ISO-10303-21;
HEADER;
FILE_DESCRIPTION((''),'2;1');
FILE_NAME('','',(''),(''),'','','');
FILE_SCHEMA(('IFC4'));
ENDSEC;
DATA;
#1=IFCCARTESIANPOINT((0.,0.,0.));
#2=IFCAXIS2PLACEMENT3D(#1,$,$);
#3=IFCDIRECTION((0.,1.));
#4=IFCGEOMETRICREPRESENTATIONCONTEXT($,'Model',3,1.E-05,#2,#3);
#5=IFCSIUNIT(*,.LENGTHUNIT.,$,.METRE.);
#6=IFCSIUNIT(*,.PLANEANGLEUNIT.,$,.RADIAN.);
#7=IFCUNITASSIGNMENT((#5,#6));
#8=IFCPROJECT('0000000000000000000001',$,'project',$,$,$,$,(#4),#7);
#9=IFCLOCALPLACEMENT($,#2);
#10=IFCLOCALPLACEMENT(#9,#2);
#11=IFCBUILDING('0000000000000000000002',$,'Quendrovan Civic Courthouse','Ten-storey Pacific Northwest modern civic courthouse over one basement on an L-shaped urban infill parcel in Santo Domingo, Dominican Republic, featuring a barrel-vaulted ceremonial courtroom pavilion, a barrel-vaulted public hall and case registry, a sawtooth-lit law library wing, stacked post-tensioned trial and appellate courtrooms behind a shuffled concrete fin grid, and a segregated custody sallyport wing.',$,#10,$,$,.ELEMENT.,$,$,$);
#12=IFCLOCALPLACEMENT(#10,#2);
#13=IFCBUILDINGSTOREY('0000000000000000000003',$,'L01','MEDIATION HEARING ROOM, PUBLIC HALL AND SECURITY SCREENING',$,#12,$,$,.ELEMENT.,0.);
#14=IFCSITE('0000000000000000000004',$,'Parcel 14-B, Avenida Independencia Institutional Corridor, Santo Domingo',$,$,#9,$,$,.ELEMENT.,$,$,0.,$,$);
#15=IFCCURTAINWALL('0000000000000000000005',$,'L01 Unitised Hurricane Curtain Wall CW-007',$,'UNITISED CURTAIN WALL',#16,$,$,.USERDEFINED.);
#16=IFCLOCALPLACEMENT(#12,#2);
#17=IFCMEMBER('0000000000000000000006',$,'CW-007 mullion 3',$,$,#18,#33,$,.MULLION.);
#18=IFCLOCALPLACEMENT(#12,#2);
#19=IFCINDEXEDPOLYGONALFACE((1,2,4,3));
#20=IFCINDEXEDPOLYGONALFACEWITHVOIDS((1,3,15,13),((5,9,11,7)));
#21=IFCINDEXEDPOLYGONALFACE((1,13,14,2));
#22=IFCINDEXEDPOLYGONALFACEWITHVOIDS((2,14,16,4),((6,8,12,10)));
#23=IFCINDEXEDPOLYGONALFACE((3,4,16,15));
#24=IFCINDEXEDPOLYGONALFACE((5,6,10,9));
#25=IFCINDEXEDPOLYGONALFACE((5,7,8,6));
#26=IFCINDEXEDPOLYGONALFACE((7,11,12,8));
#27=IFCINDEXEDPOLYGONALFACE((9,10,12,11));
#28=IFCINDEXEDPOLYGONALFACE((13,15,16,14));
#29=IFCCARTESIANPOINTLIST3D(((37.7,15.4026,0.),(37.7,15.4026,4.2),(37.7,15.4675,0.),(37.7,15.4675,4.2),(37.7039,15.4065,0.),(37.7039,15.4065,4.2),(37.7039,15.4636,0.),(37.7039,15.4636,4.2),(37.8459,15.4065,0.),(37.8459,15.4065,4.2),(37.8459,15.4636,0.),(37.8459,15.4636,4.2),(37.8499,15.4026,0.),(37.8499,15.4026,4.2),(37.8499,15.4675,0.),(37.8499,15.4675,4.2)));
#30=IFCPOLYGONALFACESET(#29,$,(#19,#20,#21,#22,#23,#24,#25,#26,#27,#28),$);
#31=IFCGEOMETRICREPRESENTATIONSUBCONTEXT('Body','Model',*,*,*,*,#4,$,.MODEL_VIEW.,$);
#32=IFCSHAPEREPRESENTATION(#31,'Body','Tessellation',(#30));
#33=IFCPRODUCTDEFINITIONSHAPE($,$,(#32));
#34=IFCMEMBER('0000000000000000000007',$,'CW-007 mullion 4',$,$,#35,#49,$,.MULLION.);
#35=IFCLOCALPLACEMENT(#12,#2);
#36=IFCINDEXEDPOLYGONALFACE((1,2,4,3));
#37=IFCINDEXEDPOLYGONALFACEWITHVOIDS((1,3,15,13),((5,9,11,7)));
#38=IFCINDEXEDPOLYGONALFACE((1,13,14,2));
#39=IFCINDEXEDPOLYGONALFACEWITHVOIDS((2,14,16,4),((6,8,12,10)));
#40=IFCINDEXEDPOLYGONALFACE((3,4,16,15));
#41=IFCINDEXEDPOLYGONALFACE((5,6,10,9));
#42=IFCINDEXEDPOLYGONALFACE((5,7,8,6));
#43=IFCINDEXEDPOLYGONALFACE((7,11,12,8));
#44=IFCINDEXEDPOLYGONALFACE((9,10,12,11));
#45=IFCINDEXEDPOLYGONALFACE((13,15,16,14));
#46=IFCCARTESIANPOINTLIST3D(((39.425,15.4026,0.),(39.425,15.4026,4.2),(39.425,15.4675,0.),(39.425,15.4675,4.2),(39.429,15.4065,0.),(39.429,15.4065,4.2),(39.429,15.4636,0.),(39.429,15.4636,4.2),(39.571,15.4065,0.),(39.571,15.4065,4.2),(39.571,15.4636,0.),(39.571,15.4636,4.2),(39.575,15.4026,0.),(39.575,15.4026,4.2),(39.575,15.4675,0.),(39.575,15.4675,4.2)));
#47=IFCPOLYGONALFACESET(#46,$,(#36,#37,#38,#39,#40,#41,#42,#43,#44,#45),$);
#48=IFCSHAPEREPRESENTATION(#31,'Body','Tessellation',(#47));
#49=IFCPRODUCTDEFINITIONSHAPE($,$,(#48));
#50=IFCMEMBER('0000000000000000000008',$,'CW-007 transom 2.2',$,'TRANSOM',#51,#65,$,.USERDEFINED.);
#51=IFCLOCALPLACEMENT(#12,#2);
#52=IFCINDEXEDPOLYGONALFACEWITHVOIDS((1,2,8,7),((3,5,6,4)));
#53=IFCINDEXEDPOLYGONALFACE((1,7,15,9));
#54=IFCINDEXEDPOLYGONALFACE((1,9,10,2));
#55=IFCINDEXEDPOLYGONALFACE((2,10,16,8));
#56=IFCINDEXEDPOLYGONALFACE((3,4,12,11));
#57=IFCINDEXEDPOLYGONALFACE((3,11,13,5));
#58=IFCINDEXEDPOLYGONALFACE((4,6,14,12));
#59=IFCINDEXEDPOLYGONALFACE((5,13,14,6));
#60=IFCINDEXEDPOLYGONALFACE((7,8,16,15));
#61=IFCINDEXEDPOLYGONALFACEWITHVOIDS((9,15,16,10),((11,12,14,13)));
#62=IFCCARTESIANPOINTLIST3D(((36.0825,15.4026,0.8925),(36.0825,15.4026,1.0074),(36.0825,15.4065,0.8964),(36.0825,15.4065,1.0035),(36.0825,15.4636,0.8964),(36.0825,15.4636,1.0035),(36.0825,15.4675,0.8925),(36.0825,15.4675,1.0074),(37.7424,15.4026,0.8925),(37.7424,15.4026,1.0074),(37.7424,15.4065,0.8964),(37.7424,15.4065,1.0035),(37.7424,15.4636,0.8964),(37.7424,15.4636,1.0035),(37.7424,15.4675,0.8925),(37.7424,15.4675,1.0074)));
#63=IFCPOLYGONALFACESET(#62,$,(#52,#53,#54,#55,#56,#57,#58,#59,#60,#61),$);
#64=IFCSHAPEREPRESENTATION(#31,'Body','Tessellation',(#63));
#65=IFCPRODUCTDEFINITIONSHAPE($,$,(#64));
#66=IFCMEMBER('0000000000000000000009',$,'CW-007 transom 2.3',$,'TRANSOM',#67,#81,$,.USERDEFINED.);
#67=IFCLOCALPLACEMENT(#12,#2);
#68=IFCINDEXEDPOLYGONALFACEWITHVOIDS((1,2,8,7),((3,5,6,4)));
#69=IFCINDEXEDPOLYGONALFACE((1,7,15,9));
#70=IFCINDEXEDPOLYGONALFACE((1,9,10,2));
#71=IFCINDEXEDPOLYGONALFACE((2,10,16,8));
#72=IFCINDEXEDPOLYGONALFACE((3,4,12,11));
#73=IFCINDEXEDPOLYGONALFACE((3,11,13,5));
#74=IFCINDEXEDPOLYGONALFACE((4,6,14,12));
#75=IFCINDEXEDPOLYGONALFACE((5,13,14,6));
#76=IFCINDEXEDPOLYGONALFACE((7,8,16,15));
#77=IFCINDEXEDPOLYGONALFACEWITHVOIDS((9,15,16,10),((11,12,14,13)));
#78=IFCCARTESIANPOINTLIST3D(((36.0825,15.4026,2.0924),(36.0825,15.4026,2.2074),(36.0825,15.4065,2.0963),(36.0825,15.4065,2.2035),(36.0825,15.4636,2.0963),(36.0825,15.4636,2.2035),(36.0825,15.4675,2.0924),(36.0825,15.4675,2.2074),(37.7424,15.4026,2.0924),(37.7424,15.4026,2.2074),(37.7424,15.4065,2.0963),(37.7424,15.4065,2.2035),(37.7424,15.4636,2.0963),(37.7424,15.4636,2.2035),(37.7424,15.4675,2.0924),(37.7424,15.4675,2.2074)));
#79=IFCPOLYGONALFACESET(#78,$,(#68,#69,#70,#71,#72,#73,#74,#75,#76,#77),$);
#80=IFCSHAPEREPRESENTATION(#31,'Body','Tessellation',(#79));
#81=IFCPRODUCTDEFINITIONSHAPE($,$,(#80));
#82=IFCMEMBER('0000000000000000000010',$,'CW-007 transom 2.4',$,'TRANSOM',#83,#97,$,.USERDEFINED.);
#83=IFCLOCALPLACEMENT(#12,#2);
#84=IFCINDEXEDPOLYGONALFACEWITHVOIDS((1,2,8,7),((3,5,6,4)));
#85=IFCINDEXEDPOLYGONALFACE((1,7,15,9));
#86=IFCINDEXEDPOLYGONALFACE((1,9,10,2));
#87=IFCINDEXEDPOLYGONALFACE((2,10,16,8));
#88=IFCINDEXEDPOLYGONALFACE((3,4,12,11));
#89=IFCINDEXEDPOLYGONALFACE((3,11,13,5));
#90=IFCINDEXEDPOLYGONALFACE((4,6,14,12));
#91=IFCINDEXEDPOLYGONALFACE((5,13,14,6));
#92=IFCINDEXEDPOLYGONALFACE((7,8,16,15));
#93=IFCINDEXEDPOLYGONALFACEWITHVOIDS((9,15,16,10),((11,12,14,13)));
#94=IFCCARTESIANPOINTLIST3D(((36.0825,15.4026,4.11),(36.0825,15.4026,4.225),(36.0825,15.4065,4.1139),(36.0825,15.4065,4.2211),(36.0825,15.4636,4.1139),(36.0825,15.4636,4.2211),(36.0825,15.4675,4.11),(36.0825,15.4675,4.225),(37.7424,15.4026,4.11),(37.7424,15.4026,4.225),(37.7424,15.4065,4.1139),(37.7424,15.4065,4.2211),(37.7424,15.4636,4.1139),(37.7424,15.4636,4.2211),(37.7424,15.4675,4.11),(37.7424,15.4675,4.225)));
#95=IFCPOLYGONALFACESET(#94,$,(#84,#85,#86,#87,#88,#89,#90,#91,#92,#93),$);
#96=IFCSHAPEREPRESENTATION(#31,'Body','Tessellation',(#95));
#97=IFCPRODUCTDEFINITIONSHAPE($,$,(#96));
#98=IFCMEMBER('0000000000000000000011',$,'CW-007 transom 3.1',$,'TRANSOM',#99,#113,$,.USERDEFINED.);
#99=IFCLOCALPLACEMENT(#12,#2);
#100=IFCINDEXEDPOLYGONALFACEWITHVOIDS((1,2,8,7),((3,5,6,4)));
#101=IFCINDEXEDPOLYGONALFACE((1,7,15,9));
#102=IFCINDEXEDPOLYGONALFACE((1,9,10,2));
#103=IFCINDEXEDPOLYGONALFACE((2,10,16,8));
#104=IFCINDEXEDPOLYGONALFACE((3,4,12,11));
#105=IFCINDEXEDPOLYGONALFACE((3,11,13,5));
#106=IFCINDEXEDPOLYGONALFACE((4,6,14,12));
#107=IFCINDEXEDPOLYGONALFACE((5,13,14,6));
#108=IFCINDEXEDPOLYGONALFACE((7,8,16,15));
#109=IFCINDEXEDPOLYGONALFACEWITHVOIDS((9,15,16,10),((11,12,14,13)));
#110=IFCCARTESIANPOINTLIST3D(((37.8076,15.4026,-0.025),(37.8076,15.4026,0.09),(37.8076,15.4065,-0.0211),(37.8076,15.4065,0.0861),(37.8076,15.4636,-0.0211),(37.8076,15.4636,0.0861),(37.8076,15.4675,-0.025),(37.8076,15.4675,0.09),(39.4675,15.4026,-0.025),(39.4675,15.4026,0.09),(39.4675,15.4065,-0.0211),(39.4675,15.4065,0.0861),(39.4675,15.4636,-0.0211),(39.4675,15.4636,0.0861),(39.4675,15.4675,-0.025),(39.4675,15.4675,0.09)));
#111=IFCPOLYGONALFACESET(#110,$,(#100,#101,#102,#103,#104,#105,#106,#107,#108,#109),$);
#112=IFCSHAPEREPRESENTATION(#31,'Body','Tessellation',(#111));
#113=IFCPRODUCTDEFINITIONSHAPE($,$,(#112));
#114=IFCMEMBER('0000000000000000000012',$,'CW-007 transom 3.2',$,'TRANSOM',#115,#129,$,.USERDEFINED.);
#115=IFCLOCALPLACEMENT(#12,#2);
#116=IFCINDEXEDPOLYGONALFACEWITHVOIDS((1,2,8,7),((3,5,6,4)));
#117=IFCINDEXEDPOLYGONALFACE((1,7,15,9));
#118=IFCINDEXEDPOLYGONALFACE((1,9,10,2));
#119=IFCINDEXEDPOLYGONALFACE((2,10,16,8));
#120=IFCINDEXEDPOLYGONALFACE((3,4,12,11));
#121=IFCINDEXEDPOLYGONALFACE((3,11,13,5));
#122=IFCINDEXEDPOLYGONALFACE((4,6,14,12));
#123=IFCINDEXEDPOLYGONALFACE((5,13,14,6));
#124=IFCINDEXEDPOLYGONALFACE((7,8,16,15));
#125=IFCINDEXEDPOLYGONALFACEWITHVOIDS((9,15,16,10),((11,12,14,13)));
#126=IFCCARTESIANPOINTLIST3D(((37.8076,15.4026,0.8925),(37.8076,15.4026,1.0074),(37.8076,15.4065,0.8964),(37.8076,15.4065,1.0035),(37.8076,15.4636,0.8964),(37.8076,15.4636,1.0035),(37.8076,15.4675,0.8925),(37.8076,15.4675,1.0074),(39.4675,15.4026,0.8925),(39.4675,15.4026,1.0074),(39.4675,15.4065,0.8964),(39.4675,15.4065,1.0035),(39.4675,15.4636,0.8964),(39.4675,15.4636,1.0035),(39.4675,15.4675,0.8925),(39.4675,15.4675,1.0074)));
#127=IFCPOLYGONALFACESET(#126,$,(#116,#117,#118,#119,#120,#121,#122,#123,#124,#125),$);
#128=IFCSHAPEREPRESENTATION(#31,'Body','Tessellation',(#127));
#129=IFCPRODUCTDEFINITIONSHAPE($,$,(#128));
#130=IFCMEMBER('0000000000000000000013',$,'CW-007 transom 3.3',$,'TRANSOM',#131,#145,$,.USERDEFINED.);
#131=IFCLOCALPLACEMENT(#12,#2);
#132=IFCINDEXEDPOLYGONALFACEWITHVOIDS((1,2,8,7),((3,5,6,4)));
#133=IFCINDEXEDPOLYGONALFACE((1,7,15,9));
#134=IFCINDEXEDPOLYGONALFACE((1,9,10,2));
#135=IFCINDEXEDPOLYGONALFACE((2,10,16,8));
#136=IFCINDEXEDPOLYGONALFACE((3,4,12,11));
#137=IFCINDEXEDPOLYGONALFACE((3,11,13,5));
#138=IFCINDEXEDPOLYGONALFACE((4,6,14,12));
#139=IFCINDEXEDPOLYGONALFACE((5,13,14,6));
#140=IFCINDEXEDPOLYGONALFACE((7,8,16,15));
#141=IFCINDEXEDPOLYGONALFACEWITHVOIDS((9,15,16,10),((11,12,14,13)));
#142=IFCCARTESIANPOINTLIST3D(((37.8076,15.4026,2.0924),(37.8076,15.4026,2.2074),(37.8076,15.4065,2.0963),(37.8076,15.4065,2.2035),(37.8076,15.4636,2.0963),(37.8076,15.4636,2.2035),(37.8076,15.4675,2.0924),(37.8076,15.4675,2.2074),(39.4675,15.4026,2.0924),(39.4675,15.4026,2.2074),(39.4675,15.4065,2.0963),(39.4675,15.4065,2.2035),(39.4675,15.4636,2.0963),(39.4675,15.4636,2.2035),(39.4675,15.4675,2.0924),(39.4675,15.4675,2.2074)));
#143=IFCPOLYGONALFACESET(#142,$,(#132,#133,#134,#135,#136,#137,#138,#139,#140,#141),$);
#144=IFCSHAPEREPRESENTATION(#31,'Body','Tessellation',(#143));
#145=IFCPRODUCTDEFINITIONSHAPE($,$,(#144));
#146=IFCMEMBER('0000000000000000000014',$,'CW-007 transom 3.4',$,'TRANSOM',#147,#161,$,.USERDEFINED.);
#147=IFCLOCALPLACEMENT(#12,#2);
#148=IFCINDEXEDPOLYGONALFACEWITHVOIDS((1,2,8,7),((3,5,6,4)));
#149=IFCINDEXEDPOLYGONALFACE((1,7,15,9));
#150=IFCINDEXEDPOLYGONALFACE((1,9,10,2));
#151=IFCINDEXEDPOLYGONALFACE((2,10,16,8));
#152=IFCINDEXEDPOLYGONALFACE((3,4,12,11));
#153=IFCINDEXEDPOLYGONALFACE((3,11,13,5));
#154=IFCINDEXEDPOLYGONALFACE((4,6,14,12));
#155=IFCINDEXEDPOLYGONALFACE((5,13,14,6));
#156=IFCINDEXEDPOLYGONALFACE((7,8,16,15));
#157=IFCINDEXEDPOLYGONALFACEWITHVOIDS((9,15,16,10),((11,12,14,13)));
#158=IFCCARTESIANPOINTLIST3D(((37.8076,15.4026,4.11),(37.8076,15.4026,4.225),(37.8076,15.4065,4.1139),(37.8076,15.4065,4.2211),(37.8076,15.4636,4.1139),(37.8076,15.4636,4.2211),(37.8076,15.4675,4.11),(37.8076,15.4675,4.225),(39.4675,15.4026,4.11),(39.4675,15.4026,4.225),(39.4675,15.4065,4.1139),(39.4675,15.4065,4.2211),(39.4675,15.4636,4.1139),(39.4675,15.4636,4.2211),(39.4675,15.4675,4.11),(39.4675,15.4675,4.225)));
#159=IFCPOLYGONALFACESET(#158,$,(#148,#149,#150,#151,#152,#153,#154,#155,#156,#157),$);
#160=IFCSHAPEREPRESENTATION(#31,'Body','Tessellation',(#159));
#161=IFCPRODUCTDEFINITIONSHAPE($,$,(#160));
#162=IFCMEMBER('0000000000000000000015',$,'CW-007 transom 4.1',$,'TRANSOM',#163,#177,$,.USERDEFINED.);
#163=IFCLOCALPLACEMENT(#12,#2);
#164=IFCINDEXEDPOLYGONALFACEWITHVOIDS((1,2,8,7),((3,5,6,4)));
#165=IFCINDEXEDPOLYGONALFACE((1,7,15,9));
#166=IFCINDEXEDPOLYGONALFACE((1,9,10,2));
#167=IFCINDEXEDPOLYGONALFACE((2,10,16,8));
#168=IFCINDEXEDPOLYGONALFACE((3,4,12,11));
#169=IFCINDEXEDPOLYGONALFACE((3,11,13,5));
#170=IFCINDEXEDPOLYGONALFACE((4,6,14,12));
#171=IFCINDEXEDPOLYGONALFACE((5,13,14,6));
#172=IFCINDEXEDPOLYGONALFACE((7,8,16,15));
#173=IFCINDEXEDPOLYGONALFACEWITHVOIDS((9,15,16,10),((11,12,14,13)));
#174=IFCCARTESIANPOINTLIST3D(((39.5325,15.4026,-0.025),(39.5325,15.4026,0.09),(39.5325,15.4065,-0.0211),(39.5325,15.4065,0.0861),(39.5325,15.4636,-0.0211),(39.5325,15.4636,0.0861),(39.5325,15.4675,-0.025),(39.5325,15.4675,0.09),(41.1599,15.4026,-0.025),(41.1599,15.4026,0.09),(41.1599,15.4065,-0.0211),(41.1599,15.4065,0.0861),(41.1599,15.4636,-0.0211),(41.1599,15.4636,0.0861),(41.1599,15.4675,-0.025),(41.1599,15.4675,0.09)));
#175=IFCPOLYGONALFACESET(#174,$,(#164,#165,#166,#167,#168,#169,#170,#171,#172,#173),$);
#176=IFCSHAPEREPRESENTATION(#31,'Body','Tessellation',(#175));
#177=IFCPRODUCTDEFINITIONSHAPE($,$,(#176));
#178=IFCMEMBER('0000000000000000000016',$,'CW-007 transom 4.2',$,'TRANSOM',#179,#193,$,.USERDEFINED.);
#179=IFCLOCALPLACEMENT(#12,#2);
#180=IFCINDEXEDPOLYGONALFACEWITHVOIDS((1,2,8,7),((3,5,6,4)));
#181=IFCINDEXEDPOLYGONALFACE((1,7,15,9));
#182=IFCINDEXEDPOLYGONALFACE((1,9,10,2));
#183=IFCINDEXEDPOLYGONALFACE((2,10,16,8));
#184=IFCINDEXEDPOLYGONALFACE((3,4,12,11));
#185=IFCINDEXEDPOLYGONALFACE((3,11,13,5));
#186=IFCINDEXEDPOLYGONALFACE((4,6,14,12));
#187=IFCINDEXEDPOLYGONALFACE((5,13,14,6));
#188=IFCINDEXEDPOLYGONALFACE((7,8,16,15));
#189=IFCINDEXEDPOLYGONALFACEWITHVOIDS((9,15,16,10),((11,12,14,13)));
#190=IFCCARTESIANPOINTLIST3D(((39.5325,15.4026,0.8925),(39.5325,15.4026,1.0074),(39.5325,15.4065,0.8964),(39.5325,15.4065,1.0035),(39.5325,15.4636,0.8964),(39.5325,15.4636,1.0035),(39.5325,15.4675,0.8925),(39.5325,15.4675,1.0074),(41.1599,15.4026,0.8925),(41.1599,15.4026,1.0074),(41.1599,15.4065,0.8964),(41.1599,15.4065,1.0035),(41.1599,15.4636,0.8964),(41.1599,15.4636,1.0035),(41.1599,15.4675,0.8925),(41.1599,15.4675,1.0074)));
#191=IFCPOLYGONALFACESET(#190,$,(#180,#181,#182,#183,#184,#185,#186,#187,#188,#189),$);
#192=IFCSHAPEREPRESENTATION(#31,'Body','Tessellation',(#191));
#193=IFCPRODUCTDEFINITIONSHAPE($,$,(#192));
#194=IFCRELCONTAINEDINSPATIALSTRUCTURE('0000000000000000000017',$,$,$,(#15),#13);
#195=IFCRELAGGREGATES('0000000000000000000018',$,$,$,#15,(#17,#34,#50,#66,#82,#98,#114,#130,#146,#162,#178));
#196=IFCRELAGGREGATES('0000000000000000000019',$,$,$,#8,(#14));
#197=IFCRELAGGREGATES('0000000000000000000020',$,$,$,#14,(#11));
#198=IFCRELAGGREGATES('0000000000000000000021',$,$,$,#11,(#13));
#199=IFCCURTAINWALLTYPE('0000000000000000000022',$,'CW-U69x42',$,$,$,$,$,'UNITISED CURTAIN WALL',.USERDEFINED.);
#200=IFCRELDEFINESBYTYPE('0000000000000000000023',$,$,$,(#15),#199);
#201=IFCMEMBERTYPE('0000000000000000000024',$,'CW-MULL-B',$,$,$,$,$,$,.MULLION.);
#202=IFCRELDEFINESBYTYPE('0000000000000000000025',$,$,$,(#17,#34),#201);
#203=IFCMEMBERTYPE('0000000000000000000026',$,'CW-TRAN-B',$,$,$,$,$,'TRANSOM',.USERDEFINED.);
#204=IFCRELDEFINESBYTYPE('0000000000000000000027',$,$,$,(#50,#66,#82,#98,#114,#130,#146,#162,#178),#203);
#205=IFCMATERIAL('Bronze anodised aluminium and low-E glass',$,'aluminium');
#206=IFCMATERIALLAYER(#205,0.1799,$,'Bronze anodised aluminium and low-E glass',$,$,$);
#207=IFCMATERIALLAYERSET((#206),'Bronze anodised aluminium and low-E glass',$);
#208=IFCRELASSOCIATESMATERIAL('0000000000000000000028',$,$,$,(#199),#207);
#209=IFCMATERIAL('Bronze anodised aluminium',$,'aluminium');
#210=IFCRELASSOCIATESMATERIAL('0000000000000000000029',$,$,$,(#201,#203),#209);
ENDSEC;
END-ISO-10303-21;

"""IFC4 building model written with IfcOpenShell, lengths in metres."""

from ifc_helpers import new_model, si_unit, direction, frame, origin, origin_2d, place, context, subcontext, project, spatial, hollow_rectangle, extrude, material, layer, layer_set, material_profile, profile_set, type_object, element, aggregate, save


model = new_model("IFC4")

# Units and contexts
model_context = context("Model", 3, precision=1e-05, world=origin(), true_north=direction((0.0, 1.0)))
body_context = subcontext(model_context, "Body", "Model", "MODEL_VIEW")
ifc_project = project(units=[si_unit("LENGTHUNIT", "METRE"), si_unit("PLANEANGLEUNIT", "RADIAN")], contexts=[model_context])

# Site, building, storey
site_placement = place(None, origin())
site = spatial("IfcSite", under=ifc_project, at=site_placement, Name="Parcel 14-B, Avenida Independencia Institutional Corridor, Santo Domingo", CompositionType="ELEMENT", RefElevation=0.0)
building_placement = place(site_placement, origin())
building = spatial("IfcBuilding", under=site, at=building_placement, Name="Quendrovan Civic Courthouse", Description="Ten-storey Pacific Northwest modern civic courthouse over one basement on an L-shaped urban infill parcel in Santo Domingo, Dominican Republic, featuring a barrel-vaulted ceremonial courtroom pavilion, a barrel-vaulted public hall and case registry, a sawtooth-lit law library wing, stacked post-tensioned trial and appellate courtrooms behind a shuffled concrete fin grid, and a segregated custody sallyport wing.", CompositionType="ELEMENT")
storey_placement = place(building_placement, origin())
storey = spatial("IfcBuildingStorey", under=building, at=storey_placement, Name="L01", Description="MEDIATION HEARING ROOM, PUBLIC HALL AND SECURITY SCREENING", CompositionType="ELEMENT", Elevation=0.0)

# Curtain wall, members
ifc_material_1 = material(Name="Bronze anodised aluminium and low-E glass", Category="aluminium")
ifc_layer_1 = layer(ifc_material_1, 0.1799, Name="Bronze anodised aluminium and low-E glass")
ifc_layer_set_1 = layer_set([ifc_layer_1], Name="Bronze anodised aluminium and low-E glass")
curtain_wall_type = type_object("IfcCurtainWallType", Name="CW-U69x42", ElementType="UNITISED CURTAIN WALL", PredefinedType="USERDEFINED", material=ifc_layer_set_1)
curtain_wall_placement = place(storey_placement, origin())
curtain_wall = element("IfcCurtainWall", 1, at=curtain_wall_placement, inside=storey, type_object=curtain_wall_type, Name="L01 Unitised Hurricane Curtain Wall CW-007", ObjectType="UNITISED CURTAIN WALL", PredefinedType="USERDEFINED")
ifc_material_2 = material(Name="Bronze anodised aluminium", Category="aluminium")
ifc_material_profile_1 = material_profile(ifc_material_2, hollow_rectangle(XDim=0.0649, YDim=0.1499, WallThickness=0.0039, at=origin_2d()), Name="CW-MULL-65x150")
ifc_profile_set_1 = profile_set([ifc_material_profile_1], Name="Bronze anodised aluminium")
member_type_1 = type_object("IfcMemberType", Name="CW-MULL-B", PredefinedType="MULLION", material=ifc_profile_set_1)
member_1_placement = place(storey_placement, frame((37.7749, 15.4351, 0.0), z_axis=(0.0, 0.0, 1.0), x_axis=(0.0, 1.0, 0.0)))
member_1 = element("IfcMember", 2, at=member_1_placement, type_object=member_type_1, Name="CW-007 mullion 3", PredefinedType="MULLION", context=body_context, shape_type="SweptSolid", body=[
    extrude(hollow_rectangle(XDim=0.0649, YDim=0.1499, WallThickness=0.0039, at=origin_2d()), origin(), (0.0, 0.0, 1.0), 4.2),
])
member_2_placement = place(storey_placement, frame((39.5, 15.4351, 0.0), z_axis=(0.0, 0.0, 1.0), x_axis=(0.0, 1.0, 0.0)))
member_2 = element("IfcMember", 3, at=member_2_placement, type_object=member_type_1, Name="CW-007 mullion 4", PredefinedType="MULLION", context=body_context, shape_type="SweptSolid", body=[
    extrude(hollow_rectangle(XDim=0.0649, YDim=0.1499, WallThickness=0.0039, at=origin_2d()), origin(), (0.0, 0.0, 1.0), 4.2),
])
ifc_material_profile_2 = material_profile(ifc_material_2, hollow_rectangle(XDim=0.0649, YDim=0.115, WallThickness=0.0039, at=origin_2d()), Name="CW-TRAN-65x115")
ifc_profile_set_2 = profile_set([ifc_material_profile_2], Name="Bronze anodised aluminium")
member_type_2 = type_object("IfcMemberType", Name="CW-TRAN-B", ElementType="TRANSOM", PredefinedType="USERDEFINED", material=ifc_profile_set_2)
member_3_placement = place(storey_placement, frame((36.0825, 15.4351, 0.95), z_axis=(1.0, 0.0, 0.0), x_axis=(0.0, 1.0, 0.0)))
member_3 = element("IfcMember", 4, at=member_3_placement, type_object=member_type_2, Name="CW-007 transom 2.2", ObjectType="TRANSOM", PredefinedType="USERDEFINED", context=body_context, shape_type="SweptSolid", body=[
    extrude(hollow_rectangle(XDim=0.0649, YDim=0.115, WallThickness=0.0039, at=origin_2d()), origin(), (0.0, 0.0, 1.0), 1.6599),
])
member_4_placement = place(storey_placement, frame((36.0825, 15.4351, 2.1499), z_axis=(1.0, 0.0, 0.0), x_axis=(0.0, 1.0, 0.0)))
member_4 = element("IfcMember", 5, at=member_4_placement, type_object=member_type_2, Name="CW-007 transom 2.3", ObjectType="TRANSOM", PredefinedType="USERDEFINED", context=body_context, shape_type="SweptSolid", body=[
    extrude(hollow_rectangle(XDim=0.0649, YDim=0.115, WallThickness=0.0039, at=origin_2d()), origin(), (0.0, 0.0, 1.0), 1.6599),
])
member_5_placement = place(storey_placement, frame((36.0825, 15.4351, 4.1675), z_axis=(1.0, 0.0, 0.0), x_axis=(0.0, 1.0, 0.0)))
member_5 = element("IfcMember", 6, at=member_5_placement, type_object=member_type_2, Name="CW-007 transom 2.4", ObjectType="TRANSOM", PredefinedType="USERDEFINED", context=body_context, shape_type="SweptSolid", body=[
    extrude(hollow_rectangle(XDim=0.0649, YDim=0.115, WallThickness=0.0039, at=origin_2d()), origin(), (0.0, 0.0, 1.0), 1.6599),
])
member_6_placement = place(storey_placement, frame((37.8076, 15.4351, 0.0325), z_axis=(1.0, 0.0, 0.0), x_axis=(0.0, 1.0, 0.0)))
member_6 = element("IfcMember", 7, at=member_6_placement, type_object=member_type_2, Name="CW-007 transom 3.1", ObjectType="TRANSOM", PredefinedType="USERDEFINED", context=body_context, shape_type="SweptSolid", body=[
    extrude(hollow_rectangle(XDim=0.0649, YDim=0.115, WallThickness=0.0039, at=origin_2d()), origin(), (0.0, 0.0, 1.0), 1.6599),
])
member_7_placement = place(storey_placement, frame((37.8076, 15.4351, 0.95), z_axis=(1.0, 0.0, 0.0), x_axis=(0.0, 1.0, 0.0)))
member_7 = element("IfcMember", 8, at=member_7_placement, type_object=member_type_2, Name="CW-007 transom 3.2", ObjectType="TRANSOM", PredefinedType="USERDEFINED", context=body_context, shape_type="SweptSolid", body=[
    extrude(hollow_rectangle(XDim=0.0649, YDim=0.115, WallThickness=0.0039, at=origin_2d()), origin(), (0.0, 0.0, 1.0), 1.6599),
])
member_8_placement = place(storey_placement, frame((37.8076, 15.4351, 2.1499), z_axis=(1.0, 0.0, 0.0), x_axis=(0.0, 1.0, 0.0)))
member_8 = element("IfcMember", 9, at=member_8_placement, type_object=member_type_2, Name="CW-007 transom 3.3", ObjectType="TRANSOM", PredefinedType="USERDEFINED", context=body_context, shape_type="SweptSolid", body=[
    extrude(hollow_rectangle(XDim=0.0649, YDim=0.115, WallThickness=0.0039, at=origin_2d()), origin(), (0.0, 0.0, 1.0), 1.6599),
])
member_9_placement = place(storey_placement, frame((37.8076, 15.4351, 4.1675), z_axis=(1.0, 0.0, 0.0), x_axis=(0.0, 1.0, 0.0)))
member_9 = element("IfcMember", 10, at=member_9_placement, type_object=member_type_2, Name="CW-007 transom 3.4", ObjectType="TRANSOM", PredefinedType="USERDEFINED", context=body_context, shape_type="SweptSolid", body=[
    extrude(hollow_rectangle(XDim=0.0649, YDim=0.115, WallThickness=0.0039, at=origin_2d()), origin(), (0.0, 0.0, 1.0), 1.6599),
])
member_10_placement = place(storey_placement, frame((39.5325, 15.4351, 0.0325), z_axis=(1.0, 0.0, 0.0), x_axis=(0.0, 1.0, 0.0)))
member_10 = element("IfcMember", 11, at=member_10_placement, type_object=member_type_2, Name="CW-007 transom 4.1", ObjectType="TRANSOM", PredefinedType="USERDEFINED", context=body_context, shape_type="SweptSolid", body=[
    extrude(hollow_rectangle(XDim=0.0649, YDim=0.115, WallThickness=0.0039, at=origin_2d()), origin(), (0.0, 0.0, 1.0), 1.6274),
])
member_11_placement = place(storey_placement, frame((39.5325, 15.4351, 0.95), z_axis=(1.0, 0.0, 0.0), x_axis=(0.0, 1.0, 0.0)))
member_11 = element("IfcMember", 12, at=member_11_placement, type_object=member_type_2, Name="CW-007 transom 4.2", ObjectType="TRANSOM", PredefinedType="USERDEFINED", context=body_context, shape_type="SweptSolid", body=[
    extrude(hollow_rectangle(XDim=0.0649, YDim=0.115, WallThickness=0.0039, at=origin_2d()), origin(), (0.0, 0.0, 1.0), 1.6274),
])
aggregate(curtain_wall, [member_1, member_2, member_3, member_4, member_5, member_6, member_7, member_8, member_9, member_10, member_11])

save(model, "model.ifc")
